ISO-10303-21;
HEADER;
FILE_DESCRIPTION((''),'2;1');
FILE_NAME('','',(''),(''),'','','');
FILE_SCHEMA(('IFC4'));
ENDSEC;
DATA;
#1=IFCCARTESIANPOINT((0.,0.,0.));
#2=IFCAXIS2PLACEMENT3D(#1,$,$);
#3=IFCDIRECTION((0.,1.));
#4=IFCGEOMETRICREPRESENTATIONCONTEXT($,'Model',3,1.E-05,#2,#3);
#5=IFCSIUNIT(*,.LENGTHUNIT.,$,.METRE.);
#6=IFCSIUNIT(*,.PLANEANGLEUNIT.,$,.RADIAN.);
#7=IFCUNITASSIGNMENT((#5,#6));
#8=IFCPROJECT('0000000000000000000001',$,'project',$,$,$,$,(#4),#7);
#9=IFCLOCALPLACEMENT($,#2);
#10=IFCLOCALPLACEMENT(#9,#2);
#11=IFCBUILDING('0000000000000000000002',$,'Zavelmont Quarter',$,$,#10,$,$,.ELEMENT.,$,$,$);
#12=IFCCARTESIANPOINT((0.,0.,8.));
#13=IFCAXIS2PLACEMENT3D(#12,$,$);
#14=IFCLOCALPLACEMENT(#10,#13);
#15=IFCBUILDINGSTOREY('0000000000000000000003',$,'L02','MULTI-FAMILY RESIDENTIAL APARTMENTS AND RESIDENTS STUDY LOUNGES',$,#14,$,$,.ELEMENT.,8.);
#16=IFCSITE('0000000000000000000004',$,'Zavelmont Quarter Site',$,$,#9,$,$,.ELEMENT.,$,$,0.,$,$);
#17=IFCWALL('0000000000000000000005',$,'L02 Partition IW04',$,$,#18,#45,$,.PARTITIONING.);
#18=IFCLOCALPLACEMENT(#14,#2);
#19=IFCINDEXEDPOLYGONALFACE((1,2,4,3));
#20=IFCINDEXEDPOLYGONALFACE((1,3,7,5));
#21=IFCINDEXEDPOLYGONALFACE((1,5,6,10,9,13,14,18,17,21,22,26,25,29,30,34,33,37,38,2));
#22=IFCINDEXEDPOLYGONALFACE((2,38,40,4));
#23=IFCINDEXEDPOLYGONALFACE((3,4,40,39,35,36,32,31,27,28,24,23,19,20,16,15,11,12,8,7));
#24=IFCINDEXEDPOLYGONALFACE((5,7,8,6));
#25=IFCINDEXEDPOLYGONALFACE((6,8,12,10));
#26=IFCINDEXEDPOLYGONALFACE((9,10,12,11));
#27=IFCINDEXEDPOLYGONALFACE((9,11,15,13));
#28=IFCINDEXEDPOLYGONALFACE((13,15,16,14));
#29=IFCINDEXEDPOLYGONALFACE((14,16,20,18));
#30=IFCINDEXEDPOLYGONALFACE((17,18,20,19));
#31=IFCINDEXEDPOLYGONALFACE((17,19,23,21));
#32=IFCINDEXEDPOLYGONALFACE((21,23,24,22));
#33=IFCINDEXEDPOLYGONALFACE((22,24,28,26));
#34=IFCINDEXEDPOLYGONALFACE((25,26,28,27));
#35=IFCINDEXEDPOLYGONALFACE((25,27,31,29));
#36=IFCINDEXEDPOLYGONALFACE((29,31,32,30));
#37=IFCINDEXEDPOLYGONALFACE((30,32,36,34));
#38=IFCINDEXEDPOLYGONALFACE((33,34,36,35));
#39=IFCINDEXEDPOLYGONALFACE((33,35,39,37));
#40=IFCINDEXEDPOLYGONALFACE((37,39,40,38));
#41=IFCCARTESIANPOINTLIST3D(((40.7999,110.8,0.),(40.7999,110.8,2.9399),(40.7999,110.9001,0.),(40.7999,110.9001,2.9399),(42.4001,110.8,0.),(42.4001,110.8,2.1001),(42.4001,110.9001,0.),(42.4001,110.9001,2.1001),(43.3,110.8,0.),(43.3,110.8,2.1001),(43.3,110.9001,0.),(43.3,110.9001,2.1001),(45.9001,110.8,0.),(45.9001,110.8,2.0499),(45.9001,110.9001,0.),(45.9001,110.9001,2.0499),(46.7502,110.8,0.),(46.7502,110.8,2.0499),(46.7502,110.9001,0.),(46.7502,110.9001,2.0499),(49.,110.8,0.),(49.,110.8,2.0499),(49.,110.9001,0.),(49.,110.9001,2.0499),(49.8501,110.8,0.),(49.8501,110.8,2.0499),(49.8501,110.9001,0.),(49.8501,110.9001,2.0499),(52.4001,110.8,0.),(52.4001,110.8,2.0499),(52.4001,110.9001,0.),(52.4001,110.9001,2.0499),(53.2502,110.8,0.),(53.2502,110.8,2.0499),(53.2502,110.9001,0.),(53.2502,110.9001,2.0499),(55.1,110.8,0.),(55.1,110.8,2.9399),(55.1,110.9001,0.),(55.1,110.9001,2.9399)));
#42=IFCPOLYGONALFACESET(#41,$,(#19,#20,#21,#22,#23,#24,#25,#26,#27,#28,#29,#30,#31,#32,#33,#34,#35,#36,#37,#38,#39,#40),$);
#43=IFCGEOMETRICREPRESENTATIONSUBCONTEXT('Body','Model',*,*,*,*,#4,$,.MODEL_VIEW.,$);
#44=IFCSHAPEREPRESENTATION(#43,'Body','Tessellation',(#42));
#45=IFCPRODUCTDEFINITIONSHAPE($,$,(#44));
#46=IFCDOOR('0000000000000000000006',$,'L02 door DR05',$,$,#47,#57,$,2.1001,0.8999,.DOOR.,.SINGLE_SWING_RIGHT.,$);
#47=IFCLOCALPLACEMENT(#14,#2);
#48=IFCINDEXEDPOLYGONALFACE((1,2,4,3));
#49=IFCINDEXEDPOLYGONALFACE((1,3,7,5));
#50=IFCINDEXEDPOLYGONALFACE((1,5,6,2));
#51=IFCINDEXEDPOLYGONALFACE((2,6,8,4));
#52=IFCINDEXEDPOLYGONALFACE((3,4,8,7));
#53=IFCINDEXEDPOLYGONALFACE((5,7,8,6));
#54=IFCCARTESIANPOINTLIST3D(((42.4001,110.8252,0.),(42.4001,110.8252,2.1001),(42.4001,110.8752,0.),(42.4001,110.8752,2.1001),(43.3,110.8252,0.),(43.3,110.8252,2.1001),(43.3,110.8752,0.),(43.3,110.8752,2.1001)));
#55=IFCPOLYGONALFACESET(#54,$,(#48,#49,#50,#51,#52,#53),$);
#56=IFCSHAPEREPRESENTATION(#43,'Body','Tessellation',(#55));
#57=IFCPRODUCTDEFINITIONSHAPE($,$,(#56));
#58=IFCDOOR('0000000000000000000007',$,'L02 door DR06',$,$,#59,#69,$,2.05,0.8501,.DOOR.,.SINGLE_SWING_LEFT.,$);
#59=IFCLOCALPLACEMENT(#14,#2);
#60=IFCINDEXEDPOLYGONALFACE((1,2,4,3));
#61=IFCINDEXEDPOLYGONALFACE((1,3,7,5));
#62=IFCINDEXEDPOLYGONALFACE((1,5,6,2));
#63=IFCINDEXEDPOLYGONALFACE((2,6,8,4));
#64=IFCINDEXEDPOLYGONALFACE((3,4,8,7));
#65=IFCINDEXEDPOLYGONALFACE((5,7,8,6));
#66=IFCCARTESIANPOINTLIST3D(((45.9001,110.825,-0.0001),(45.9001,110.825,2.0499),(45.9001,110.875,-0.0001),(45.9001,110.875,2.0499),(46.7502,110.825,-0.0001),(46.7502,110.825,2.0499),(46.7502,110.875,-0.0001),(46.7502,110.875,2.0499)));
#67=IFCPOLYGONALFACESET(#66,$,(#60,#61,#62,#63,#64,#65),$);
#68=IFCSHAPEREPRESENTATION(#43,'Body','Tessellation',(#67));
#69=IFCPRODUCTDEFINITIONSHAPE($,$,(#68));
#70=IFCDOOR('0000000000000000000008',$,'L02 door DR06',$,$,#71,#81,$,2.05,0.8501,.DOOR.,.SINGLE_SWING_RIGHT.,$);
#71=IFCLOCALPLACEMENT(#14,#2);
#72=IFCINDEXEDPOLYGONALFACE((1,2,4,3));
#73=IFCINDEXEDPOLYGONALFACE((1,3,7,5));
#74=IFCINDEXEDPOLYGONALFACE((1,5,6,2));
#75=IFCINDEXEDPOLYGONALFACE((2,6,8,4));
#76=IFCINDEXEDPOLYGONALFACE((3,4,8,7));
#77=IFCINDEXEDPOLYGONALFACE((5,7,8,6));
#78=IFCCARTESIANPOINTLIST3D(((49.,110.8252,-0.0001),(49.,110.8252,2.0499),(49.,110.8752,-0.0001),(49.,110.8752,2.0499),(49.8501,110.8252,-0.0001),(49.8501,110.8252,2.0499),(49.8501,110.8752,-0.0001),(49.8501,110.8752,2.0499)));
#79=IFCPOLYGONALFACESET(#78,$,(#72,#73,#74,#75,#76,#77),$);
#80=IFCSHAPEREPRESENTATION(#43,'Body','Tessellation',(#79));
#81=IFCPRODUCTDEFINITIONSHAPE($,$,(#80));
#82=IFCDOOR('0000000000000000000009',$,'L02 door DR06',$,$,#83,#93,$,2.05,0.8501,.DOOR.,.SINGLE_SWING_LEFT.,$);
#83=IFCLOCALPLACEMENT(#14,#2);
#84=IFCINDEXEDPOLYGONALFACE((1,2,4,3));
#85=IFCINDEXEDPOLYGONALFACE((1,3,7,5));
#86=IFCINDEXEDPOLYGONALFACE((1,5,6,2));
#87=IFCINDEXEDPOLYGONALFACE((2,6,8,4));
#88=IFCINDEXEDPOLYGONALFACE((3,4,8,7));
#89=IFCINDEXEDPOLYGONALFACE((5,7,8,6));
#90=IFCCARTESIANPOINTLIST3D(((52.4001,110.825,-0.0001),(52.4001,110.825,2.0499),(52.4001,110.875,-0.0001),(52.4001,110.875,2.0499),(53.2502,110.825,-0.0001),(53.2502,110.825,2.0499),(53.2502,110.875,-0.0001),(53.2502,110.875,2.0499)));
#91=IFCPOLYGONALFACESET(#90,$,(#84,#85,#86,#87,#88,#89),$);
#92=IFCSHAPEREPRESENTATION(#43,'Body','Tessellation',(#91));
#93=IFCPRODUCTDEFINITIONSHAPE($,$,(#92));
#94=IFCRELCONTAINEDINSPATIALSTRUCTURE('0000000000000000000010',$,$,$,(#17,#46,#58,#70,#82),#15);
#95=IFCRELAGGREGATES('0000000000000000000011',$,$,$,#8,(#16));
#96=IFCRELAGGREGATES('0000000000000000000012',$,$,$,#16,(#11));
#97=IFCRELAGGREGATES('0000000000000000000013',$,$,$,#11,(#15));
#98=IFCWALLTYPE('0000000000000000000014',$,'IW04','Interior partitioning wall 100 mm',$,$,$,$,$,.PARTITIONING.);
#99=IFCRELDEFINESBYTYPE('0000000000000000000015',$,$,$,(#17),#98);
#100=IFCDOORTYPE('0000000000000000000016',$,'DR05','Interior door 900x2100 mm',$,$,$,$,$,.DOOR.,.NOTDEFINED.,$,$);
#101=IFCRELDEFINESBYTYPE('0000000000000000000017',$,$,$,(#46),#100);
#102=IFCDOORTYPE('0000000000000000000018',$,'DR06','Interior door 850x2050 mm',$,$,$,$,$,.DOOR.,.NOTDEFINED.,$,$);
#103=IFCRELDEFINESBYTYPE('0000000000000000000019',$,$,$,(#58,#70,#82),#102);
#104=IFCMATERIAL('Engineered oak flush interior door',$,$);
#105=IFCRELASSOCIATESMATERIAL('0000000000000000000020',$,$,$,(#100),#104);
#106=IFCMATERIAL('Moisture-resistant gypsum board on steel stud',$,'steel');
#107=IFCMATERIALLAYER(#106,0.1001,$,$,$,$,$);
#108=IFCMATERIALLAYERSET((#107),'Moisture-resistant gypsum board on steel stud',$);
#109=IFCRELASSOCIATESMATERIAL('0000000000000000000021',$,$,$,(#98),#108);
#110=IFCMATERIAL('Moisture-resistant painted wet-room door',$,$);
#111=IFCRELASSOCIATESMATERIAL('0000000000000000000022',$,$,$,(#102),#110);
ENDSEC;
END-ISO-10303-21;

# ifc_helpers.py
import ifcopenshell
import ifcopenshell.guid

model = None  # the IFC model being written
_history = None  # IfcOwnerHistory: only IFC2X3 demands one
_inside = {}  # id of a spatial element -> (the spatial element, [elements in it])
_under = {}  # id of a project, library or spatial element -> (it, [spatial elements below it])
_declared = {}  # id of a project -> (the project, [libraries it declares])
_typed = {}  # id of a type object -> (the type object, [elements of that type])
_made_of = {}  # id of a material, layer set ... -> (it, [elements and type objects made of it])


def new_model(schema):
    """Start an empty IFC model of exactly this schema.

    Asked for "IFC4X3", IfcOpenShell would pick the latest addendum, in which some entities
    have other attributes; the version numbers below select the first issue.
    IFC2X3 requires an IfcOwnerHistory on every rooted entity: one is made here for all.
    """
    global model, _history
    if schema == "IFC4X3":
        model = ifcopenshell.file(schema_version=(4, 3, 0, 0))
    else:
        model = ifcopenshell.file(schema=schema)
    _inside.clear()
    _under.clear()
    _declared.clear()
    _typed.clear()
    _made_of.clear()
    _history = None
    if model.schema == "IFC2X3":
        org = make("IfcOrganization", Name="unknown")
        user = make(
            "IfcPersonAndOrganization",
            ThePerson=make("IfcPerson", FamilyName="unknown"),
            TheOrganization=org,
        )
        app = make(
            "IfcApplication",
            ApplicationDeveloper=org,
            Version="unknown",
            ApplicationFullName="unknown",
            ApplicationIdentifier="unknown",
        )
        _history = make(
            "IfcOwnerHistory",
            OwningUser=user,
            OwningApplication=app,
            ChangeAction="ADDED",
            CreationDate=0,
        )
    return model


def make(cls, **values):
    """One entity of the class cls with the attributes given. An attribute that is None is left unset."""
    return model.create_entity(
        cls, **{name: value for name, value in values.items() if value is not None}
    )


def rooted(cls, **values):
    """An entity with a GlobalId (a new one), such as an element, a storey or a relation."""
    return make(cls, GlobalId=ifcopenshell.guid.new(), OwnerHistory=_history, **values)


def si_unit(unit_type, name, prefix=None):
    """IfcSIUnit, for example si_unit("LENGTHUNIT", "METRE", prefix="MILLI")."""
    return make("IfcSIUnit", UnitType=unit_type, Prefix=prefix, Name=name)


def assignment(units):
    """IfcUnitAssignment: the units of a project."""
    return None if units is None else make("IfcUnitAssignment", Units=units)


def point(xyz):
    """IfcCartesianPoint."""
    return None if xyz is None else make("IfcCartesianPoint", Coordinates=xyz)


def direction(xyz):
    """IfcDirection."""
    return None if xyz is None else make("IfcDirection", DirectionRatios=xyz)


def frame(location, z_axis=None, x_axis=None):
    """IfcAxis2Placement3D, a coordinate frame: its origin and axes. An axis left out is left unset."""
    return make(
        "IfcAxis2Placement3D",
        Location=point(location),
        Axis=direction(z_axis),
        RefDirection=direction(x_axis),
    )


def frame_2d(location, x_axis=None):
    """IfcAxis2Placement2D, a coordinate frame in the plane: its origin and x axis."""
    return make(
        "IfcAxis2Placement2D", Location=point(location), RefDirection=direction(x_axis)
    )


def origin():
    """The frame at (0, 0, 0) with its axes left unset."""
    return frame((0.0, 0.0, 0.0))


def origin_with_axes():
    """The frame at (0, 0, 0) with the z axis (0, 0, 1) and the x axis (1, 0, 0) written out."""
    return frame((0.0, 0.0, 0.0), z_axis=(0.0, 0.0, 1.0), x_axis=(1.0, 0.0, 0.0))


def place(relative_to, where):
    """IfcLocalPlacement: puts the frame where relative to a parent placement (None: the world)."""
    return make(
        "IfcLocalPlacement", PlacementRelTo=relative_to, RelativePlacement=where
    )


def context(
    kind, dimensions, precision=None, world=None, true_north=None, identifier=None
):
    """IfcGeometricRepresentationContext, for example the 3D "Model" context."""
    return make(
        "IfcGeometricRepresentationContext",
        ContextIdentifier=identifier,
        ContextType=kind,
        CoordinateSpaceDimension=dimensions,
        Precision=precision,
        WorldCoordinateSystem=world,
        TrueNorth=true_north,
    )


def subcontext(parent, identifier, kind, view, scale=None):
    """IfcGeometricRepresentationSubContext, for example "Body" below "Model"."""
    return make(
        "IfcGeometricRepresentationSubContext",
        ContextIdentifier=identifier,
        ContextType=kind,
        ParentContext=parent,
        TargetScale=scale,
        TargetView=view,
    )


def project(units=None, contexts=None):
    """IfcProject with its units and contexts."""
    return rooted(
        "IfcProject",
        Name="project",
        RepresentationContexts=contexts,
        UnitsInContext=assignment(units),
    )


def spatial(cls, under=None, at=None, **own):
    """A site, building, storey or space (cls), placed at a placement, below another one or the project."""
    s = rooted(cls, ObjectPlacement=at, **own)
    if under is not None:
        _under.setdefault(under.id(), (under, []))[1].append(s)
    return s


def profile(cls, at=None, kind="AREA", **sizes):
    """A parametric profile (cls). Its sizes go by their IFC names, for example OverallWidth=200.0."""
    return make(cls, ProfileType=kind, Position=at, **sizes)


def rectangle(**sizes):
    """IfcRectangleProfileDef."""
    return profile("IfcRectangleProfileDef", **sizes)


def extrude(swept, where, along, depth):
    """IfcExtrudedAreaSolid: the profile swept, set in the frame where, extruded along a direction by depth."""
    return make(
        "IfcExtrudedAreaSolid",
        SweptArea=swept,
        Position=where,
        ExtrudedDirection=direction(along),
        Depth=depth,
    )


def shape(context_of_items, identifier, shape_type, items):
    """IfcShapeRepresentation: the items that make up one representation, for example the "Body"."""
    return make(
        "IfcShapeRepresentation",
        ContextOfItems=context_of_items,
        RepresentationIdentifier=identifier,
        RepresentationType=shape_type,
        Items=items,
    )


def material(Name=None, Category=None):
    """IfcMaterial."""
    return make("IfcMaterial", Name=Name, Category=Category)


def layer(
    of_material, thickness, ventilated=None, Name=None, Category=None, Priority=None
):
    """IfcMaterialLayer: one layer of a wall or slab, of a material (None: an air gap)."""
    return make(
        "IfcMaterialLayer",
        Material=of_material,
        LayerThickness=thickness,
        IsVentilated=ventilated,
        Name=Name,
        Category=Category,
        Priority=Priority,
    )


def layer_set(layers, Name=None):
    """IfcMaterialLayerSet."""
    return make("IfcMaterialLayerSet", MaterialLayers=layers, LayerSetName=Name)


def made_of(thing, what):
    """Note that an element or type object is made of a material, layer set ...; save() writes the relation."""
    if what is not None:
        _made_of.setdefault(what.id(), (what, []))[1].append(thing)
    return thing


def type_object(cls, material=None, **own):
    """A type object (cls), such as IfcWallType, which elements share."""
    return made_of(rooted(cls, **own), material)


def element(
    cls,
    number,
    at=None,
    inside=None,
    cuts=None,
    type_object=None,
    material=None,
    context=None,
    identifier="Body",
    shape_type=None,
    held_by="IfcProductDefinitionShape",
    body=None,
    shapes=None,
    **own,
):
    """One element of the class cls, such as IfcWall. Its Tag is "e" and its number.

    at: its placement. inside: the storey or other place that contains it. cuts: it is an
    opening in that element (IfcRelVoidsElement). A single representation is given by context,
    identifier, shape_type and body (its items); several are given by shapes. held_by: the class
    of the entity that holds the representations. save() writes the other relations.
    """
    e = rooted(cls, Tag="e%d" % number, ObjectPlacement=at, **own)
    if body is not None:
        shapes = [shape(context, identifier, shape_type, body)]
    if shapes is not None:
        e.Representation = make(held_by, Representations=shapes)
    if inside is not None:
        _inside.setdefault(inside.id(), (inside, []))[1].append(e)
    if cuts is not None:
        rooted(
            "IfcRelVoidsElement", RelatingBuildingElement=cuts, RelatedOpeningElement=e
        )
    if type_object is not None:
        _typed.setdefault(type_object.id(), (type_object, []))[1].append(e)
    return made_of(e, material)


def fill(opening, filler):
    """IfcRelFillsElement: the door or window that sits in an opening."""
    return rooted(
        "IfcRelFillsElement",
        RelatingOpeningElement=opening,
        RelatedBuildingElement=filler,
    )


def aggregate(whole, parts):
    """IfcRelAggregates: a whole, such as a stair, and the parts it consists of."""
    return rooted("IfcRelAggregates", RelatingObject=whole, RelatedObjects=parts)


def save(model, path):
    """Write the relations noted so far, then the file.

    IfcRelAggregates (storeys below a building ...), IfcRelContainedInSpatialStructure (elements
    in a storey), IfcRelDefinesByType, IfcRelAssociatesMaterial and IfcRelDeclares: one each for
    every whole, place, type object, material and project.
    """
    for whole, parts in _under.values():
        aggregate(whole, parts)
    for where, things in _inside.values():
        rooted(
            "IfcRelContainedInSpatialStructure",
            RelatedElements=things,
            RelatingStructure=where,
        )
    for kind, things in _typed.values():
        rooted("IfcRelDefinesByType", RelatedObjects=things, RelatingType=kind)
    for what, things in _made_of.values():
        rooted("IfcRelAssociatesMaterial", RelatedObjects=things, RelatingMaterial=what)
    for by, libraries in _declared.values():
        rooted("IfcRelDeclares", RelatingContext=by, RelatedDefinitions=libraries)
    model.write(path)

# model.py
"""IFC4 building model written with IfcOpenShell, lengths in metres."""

from ifc_helpers import new_model, si_unit, direction, frame, frame_2d, origin, origin_with_axes, place, context, subcontext, project, spatial, rectangle, extrude, material, layer, layer_set, type_object, element, fill, save


model = new_model("IFC4")

# Units and contexts
model_context = context("Model", 3, precision=1e-05, world=origin(), true_north=direction((0.0, 1.0)))
body_context = subcontext(model_context, "Body", "Model", "MODEL_VIEW")
ifc_project = project(units=[si_unit("LENGTHUNIT", "METRE"), si_unit("PLANEANGLEUNIT", "RADIAN")], contexts=[model_context])

# Site, building, storey
site_placement = place(None, origin())
site = spatial("IfcSite", under=ifc_project, at=site_placement, Name="Zavelmont Quarter Site", CompositionType="ELEMENT", RefElevation=0.0)
building_placement = place(site_placement, origin())
building = spatial("IfcBuilding", under=site, at=building_placement, Name="Zavelmont Quarter", CompositionType="ELEMENT")
storey_placement = place(building_placement, frame((0.0, 0.0, 8.0)))
storey = spatial("IfcBuildingStorey", under=building, at=storey_placement, Name="L02", Description="MULTI-FAMILY RESIDENTIAL APARTMENTS AND RESIDENTS STUDY LOUNGES", CompositionType="ELEMENT", Elevation=8.0)

# Shared definitions
ifc_material_1 = material(Name="Engineered oak flush interior door")
door_type_1 = type_object("IfcDoorType", Name="DR05", Description="Interior door 900x2100 mm", OperationType="NOTDEFINED", PredefinedType="DOOR", material=ifc_material_1)

# Wall, openings, doors
ifc_material_2 = material(Name="Moisture-resistant gypsum board on steel stud", Category="steel")
ifc_layer_1 = layer(ifc_material_2, 0.1001)
ifc_layer_set_1 = layer_set([ifc_layer_1], Name="Moisture-resistant gypsum board on steel stud")
wall_type_1 = type_object("IfcWallType", Name="IW04", Description="Interior partitioning wall 100 mm", PredefinedType="PARTITIONING", material=ifc_layer_set_1)
wall_1_placement = place(storey_placement, frame((40.8, 110.8501, 0.0), z_axis=(0.0, 0.0, 1.0), x_axis=(1.0, 0.0, 0.0)))
wall_1 = element("IfcWall", 1, at=wall_1_placement, inside=storey, type_object=wall_type_1, Name="L02 Partition IW04", PredefinedType="PARTITIONING", context=body_context, shape_type="SweptSolid", body=[
    extrude(rectangle(XDim=14.3, YDim=0.1001, at=frame_2d((7.1499, 0.0))), origin(), (0.0, 0.0, 1.0), 2.9399),
])
opening_1_placement = place(wall_1_placement, frame((1.6001, 0.0, 0.0)))
opening_1 = element("IfcOpeningElement", 2, at=opening_1_placement, cuts=wall_1, PredefinedType="OPENING", context=body_context, shape_type="SweptSolid", body=[
    extrude(rectangle(XDim=0.8999, YDim=2.1001, at=frame_2d((0.45, 1.05))), frame((0.0, 0.062, 0.0), z_axis=(0.0, -1.0, 0.0), x_axis=(1.0, 0.0, 0.0)), (0.0, 0.0, 1.0), 0.124),
])
opening_2_placement = place(wall_1_placement, frame((5.1001, 0.0, 0.0)))
opening_2 = element("IfcOpeningElement", 3, at=opening_2_placement, cuts=wall_1, PredefinedType="OPENING", context=body_context, shape_type="SweptSolid", body=[
    extrude(rectangle(XDim=0.8501, YDim=2.05, at=frame_2d((0.425, 1.0249))), frame((0.0, 0.062, 0.0), z_axis=(0.0, -1.0, 0.0), x_axis=(1.0, 0.0, 0.0)), (0.0, 0.0, 1.0), 0.124),
])
opening_3_placement = place(wall_1_placement, frame((8.2, 0.0, 0.0)))
opening_3 = element("IfcOpeningElement", 4, at=opening_3_placement, cuts=wall_1, PredefinedType="OPENING", context=body_context, shape_type="SweptSolid", body=[
    extrude(rectangle(XDim=0.8501, YDim=2.05, at=frame_2d((0.425, 1.0249))), frame((0.0, 0.062, 0.0), z_axis=(0.0, -1.0, 0.0), x_axis=(1.0, 0.0, 0.0)), (0.0, 0.0, 1.0), 0.124),
])
opening_4_placement = place(wall_1_placement, frame((11.6001, 0.0, 0.0)))
opening_4 = element("IfcOpeningElement", 5, at=opening_4_placement, cuts=wall_1, PredefinedType="OPENING", context=body_context, shape_type="SweptSolid", body=[
    extrude(rectangle(XDim=0.8501, YDim=2.05, at=frame_2d((0.425, 1.0249))), frame((0.0, 0.062, 0.0), z_axis=(0.0, -1.0, 0.0), x_axis=(1.0, 0.0, 0.0)), (0.0, 0.0, 1.0), 0.124),
])
door_1_placement = place(opening_1_placement, frame((0.8999, 0.0, 0.0), z_axis=(0.0, 0.0, 1.0), x_axis=(-1.0, 0.0, 0.0)))
door_1 = element("IfcDoor", 6, at=door_1_placement, inside=storey, type_object=door_type_1, Name="L02 door DR05", OperationType="SINGLE_SWING_RIGHT", OverallHeight=2.1001, OverallWidth=0.8999, PredefinedType="DOOR", context=body_context, shape_type="SweptSolid", body=[
    extrude(rectangle(XDim=0.8999, YDim=2.1001, at=frame_2d((0.45, 1.05))), frame((0.0, 0.0249, 0.0), z_axis=(0.0, -1.0, 0.0), x_axis=(1.0, 0.0, 0.0)), (0.0, 0.0, 1.0), 0.05),
])
fill(opening_1, door_1)
ifc_material_3 = material(Name="Moisture-resistant painted wet-room door")
door_type_2 = type_object("IfcDoorType", Name="DR06", Description="Interior door 850x2050 mm", OperationType="NOTDEFINED", PredefinedType="DOOR", material=ifc_material_3)
door_2_placement = place(opening_2_placement, origin_with_axes())
door_2 = element("IfcDoor", 7, at=door_2_placement, inside=storey, type_object=door_type_2, Name="L02 door DR06", OperationType="SINGLE_SWING_LEFT", OverallHeight=2.05, OverallWidth=0.8501, PredefinedType="DOOR", context=body_context, shape_type="SweptSolid", body=[
    extrude(rectangle(XDim=0.8501, YDim=2.05, at=frame_2d((0.425, 1.0249))), frame((0.0, 0.0249, 0.0), z_axis=(0.0, -1.0, 0.0), x_axis=(1.0, 0.0, 0.0)), (0.0, 0.0, 1.0), 0.05),
])
fill(opening_2, door_2)
door_3_placement = place(opening_3_placement, frame((0.8501, 0.0, 0.0), z_axis=(0.0, 0.0, 1.0), x_axis=(-1.0, 0.0, 0.0)))
door_3 = element("IfcDoor", 8, at=door_3_placement, inside=storey, type_object=door_type_2, Name="L02 door DR06", OperationType="SINGLE_SWING_RIGHT", OverallHeight=2.05, OverallWidth=0.8501, PredefinedType="DOOR", context=body_context, shape_type="SweptSolid", body=[
    extrude(rectangle(XDim=0.8501, YDim=2.05, at=frame_2d((0.425, 1.0249))), frame((0.0, 0.0249, 0.0), z_axis=(0.0, -1.0, 0.0), x_axis=(1.0, 0.0, 0.0)), (0.0, 0.0, 1.0), 0.05),
])
fill(opening_3, door_3)
door_4_placement = place(opening_4_placement, origin_with_axes())
door_4 = element("IfcDoor", 9, at=door_4_placement, inside=storey, type_object=door_type_2, Name="L02 door DR06", OperationType="SINGLE_SWING_LEFT", OverallHeight=2.05, OverallWidth=0.8501, PredefinedType="DOOR", context=body_context, shape_type="SweptSolid", body=[
    extrude(rectangle(XDim=0.8501, YDim=2.05, at=frame_2d((0.425, 1.0249))), frame((0.0, 0.0249, 0.0), z_axis=(0.0, -1.0, 0.0), x_axis=(1.0, 0.0, 0.0)), (0.0, 0.0, 1.0), 0.05),
])
fill(opening_4, door_4)

save(model, "model.ifc")
